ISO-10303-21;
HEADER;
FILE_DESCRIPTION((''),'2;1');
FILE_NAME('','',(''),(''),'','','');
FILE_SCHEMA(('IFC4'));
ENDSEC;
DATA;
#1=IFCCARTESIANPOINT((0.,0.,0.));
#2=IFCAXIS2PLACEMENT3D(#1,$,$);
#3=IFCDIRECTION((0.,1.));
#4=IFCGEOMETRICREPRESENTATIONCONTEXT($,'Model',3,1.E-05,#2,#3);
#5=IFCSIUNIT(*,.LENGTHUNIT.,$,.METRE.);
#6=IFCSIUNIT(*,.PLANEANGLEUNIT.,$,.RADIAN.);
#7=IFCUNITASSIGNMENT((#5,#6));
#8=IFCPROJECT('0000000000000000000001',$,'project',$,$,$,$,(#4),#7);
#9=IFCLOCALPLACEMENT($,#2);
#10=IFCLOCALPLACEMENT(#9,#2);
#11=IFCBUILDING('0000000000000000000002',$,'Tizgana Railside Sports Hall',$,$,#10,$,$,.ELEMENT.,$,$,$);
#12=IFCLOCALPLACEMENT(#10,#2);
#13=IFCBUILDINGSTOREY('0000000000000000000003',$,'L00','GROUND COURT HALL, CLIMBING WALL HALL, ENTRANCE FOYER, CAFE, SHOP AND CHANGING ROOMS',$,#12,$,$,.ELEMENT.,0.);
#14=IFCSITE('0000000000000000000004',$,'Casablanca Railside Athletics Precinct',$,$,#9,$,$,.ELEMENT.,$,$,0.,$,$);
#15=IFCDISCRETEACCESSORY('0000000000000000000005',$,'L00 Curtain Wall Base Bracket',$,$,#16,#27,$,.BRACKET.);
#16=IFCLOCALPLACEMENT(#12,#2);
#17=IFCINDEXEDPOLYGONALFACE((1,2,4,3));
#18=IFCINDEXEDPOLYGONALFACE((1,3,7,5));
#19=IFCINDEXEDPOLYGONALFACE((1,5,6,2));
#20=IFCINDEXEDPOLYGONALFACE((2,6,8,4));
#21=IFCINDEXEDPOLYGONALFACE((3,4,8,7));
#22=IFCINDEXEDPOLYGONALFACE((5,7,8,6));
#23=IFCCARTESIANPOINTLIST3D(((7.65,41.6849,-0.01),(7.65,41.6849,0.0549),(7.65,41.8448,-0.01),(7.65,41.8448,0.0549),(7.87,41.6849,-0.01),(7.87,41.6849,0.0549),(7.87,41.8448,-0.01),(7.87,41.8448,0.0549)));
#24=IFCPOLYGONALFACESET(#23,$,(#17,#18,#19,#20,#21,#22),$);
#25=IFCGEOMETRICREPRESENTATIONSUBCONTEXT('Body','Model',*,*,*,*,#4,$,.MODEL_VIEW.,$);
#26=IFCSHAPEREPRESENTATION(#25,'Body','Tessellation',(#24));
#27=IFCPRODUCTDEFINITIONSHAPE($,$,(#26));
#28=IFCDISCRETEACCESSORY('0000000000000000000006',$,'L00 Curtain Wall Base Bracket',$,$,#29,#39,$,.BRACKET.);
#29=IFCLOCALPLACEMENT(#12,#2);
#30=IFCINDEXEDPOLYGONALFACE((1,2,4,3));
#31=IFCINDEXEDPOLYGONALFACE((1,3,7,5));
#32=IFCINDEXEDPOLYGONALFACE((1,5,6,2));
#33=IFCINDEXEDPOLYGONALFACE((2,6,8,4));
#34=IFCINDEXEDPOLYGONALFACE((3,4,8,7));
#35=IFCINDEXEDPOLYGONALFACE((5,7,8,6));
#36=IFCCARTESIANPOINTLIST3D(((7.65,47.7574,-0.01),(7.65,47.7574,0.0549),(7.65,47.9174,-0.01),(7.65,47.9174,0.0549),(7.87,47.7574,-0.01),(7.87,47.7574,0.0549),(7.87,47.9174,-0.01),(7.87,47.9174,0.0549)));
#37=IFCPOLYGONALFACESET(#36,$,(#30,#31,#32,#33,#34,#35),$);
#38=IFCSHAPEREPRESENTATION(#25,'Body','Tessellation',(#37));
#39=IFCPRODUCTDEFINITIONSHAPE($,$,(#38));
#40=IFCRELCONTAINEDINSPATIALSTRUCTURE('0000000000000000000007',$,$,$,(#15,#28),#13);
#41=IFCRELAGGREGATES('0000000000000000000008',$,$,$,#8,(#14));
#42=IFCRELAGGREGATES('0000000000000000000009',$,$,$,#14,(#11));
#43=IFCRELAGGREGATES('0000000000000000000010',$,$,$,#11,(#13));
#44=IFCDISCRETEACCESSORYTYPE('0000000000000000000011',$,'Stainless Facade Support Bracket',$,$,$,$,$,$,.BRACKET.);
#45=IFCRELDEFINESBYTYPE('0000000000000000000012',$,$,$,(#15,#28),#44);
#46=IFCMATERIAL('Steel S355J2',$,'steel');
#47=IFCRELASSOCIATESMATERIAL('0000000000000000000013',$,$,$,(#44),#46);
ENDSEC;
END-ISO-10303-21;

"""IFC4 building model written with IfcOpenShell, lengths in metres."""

from ifc_helpers import new_model, si_unit, direction, frame, origin, origin_2d, place, context, subcontext, project, spatial, rectangle, extrude, material, type_object, element, save


model = new_model("IFC4")

# Units and contexts
model_context = context("Model", 3, precision=1e-05, world=origin(), true_north=direction((0.0, 1.0)))
body_context = subcontext(model_context, "Body", "Model", "MODEL_VIEW")
ifc_project = project(units=[si_unit("LENGTHUNIT", "METRE"), si_unit("PLANEANGLEUNIT", "RADIAN")], contexts=[model_context])

# Site, building, storey
site_placement = place(None, origin())
site = spatial("IfcSite", under=ifc_project, at=site_placement, Name="Casablanca Railside Athletics Precinct", CompositionType="ELEMENT", RefElevation=0.0)
building_placement = place(site_placement, origin())
building = spatial("IfcBuilding", under=site, at=building_placement, Name="Tizgana Railside Sports Hall", CompositionType="ELEMENT")
storey_placement = place(building_placement, origin())
storey = spatial("IfcBuildingStorey", under=building, at=storey_placement, Name="L00", Description="GROUND COURT HALL, CLIMBING WALL HALL, ENTRANCE FOYER, CAFE, SHOP AND CHANGING ROOMS", CompositionType="ELEMENT", Elevation=0.0)

# Shared definitions
ifc_material_1 = material(Name="Steel S355J2", Category="steel")

# Discrete accessories
discrete_accessory_type = type_object("IfcDiscreteAccessoryType", Name="Stainless Facade Support Bracket", PredefinedType="BRACKET", material=ifc_material_1)
for number, where, z_axis, x_axis, name in (
    (1, (7.76, 41.7649, -0.01), (0.0, 0.0, 1.0), (0.0, -1.0, 0.0), "L00 Curtain Wall Base Bracket"),
    (2, (7.76, 47.8374, -0.01), (0.0, 0.0, 1.0), (0.0, -1.0, 0.0), "L00 Curtain Wall Base Bracket"),
):
    element("IfcDiscreteAccessory", number, at=place(storey_placement, frame(where, z_axis=z_axis, x_axis=x_axis)), inside=storey, type_object=discrete_accessory_type, Name=name, PredefinedType="BRACKET", context=body_context, shape_type="SweptSolid", body=[
        extrude(rectangle(XDim=0.1599, YDim=0.22, at=origin_2d()), origin(), (0.0, 0.0, 1.0), 0.0649),
    ])

save(model, "model.ifc")
